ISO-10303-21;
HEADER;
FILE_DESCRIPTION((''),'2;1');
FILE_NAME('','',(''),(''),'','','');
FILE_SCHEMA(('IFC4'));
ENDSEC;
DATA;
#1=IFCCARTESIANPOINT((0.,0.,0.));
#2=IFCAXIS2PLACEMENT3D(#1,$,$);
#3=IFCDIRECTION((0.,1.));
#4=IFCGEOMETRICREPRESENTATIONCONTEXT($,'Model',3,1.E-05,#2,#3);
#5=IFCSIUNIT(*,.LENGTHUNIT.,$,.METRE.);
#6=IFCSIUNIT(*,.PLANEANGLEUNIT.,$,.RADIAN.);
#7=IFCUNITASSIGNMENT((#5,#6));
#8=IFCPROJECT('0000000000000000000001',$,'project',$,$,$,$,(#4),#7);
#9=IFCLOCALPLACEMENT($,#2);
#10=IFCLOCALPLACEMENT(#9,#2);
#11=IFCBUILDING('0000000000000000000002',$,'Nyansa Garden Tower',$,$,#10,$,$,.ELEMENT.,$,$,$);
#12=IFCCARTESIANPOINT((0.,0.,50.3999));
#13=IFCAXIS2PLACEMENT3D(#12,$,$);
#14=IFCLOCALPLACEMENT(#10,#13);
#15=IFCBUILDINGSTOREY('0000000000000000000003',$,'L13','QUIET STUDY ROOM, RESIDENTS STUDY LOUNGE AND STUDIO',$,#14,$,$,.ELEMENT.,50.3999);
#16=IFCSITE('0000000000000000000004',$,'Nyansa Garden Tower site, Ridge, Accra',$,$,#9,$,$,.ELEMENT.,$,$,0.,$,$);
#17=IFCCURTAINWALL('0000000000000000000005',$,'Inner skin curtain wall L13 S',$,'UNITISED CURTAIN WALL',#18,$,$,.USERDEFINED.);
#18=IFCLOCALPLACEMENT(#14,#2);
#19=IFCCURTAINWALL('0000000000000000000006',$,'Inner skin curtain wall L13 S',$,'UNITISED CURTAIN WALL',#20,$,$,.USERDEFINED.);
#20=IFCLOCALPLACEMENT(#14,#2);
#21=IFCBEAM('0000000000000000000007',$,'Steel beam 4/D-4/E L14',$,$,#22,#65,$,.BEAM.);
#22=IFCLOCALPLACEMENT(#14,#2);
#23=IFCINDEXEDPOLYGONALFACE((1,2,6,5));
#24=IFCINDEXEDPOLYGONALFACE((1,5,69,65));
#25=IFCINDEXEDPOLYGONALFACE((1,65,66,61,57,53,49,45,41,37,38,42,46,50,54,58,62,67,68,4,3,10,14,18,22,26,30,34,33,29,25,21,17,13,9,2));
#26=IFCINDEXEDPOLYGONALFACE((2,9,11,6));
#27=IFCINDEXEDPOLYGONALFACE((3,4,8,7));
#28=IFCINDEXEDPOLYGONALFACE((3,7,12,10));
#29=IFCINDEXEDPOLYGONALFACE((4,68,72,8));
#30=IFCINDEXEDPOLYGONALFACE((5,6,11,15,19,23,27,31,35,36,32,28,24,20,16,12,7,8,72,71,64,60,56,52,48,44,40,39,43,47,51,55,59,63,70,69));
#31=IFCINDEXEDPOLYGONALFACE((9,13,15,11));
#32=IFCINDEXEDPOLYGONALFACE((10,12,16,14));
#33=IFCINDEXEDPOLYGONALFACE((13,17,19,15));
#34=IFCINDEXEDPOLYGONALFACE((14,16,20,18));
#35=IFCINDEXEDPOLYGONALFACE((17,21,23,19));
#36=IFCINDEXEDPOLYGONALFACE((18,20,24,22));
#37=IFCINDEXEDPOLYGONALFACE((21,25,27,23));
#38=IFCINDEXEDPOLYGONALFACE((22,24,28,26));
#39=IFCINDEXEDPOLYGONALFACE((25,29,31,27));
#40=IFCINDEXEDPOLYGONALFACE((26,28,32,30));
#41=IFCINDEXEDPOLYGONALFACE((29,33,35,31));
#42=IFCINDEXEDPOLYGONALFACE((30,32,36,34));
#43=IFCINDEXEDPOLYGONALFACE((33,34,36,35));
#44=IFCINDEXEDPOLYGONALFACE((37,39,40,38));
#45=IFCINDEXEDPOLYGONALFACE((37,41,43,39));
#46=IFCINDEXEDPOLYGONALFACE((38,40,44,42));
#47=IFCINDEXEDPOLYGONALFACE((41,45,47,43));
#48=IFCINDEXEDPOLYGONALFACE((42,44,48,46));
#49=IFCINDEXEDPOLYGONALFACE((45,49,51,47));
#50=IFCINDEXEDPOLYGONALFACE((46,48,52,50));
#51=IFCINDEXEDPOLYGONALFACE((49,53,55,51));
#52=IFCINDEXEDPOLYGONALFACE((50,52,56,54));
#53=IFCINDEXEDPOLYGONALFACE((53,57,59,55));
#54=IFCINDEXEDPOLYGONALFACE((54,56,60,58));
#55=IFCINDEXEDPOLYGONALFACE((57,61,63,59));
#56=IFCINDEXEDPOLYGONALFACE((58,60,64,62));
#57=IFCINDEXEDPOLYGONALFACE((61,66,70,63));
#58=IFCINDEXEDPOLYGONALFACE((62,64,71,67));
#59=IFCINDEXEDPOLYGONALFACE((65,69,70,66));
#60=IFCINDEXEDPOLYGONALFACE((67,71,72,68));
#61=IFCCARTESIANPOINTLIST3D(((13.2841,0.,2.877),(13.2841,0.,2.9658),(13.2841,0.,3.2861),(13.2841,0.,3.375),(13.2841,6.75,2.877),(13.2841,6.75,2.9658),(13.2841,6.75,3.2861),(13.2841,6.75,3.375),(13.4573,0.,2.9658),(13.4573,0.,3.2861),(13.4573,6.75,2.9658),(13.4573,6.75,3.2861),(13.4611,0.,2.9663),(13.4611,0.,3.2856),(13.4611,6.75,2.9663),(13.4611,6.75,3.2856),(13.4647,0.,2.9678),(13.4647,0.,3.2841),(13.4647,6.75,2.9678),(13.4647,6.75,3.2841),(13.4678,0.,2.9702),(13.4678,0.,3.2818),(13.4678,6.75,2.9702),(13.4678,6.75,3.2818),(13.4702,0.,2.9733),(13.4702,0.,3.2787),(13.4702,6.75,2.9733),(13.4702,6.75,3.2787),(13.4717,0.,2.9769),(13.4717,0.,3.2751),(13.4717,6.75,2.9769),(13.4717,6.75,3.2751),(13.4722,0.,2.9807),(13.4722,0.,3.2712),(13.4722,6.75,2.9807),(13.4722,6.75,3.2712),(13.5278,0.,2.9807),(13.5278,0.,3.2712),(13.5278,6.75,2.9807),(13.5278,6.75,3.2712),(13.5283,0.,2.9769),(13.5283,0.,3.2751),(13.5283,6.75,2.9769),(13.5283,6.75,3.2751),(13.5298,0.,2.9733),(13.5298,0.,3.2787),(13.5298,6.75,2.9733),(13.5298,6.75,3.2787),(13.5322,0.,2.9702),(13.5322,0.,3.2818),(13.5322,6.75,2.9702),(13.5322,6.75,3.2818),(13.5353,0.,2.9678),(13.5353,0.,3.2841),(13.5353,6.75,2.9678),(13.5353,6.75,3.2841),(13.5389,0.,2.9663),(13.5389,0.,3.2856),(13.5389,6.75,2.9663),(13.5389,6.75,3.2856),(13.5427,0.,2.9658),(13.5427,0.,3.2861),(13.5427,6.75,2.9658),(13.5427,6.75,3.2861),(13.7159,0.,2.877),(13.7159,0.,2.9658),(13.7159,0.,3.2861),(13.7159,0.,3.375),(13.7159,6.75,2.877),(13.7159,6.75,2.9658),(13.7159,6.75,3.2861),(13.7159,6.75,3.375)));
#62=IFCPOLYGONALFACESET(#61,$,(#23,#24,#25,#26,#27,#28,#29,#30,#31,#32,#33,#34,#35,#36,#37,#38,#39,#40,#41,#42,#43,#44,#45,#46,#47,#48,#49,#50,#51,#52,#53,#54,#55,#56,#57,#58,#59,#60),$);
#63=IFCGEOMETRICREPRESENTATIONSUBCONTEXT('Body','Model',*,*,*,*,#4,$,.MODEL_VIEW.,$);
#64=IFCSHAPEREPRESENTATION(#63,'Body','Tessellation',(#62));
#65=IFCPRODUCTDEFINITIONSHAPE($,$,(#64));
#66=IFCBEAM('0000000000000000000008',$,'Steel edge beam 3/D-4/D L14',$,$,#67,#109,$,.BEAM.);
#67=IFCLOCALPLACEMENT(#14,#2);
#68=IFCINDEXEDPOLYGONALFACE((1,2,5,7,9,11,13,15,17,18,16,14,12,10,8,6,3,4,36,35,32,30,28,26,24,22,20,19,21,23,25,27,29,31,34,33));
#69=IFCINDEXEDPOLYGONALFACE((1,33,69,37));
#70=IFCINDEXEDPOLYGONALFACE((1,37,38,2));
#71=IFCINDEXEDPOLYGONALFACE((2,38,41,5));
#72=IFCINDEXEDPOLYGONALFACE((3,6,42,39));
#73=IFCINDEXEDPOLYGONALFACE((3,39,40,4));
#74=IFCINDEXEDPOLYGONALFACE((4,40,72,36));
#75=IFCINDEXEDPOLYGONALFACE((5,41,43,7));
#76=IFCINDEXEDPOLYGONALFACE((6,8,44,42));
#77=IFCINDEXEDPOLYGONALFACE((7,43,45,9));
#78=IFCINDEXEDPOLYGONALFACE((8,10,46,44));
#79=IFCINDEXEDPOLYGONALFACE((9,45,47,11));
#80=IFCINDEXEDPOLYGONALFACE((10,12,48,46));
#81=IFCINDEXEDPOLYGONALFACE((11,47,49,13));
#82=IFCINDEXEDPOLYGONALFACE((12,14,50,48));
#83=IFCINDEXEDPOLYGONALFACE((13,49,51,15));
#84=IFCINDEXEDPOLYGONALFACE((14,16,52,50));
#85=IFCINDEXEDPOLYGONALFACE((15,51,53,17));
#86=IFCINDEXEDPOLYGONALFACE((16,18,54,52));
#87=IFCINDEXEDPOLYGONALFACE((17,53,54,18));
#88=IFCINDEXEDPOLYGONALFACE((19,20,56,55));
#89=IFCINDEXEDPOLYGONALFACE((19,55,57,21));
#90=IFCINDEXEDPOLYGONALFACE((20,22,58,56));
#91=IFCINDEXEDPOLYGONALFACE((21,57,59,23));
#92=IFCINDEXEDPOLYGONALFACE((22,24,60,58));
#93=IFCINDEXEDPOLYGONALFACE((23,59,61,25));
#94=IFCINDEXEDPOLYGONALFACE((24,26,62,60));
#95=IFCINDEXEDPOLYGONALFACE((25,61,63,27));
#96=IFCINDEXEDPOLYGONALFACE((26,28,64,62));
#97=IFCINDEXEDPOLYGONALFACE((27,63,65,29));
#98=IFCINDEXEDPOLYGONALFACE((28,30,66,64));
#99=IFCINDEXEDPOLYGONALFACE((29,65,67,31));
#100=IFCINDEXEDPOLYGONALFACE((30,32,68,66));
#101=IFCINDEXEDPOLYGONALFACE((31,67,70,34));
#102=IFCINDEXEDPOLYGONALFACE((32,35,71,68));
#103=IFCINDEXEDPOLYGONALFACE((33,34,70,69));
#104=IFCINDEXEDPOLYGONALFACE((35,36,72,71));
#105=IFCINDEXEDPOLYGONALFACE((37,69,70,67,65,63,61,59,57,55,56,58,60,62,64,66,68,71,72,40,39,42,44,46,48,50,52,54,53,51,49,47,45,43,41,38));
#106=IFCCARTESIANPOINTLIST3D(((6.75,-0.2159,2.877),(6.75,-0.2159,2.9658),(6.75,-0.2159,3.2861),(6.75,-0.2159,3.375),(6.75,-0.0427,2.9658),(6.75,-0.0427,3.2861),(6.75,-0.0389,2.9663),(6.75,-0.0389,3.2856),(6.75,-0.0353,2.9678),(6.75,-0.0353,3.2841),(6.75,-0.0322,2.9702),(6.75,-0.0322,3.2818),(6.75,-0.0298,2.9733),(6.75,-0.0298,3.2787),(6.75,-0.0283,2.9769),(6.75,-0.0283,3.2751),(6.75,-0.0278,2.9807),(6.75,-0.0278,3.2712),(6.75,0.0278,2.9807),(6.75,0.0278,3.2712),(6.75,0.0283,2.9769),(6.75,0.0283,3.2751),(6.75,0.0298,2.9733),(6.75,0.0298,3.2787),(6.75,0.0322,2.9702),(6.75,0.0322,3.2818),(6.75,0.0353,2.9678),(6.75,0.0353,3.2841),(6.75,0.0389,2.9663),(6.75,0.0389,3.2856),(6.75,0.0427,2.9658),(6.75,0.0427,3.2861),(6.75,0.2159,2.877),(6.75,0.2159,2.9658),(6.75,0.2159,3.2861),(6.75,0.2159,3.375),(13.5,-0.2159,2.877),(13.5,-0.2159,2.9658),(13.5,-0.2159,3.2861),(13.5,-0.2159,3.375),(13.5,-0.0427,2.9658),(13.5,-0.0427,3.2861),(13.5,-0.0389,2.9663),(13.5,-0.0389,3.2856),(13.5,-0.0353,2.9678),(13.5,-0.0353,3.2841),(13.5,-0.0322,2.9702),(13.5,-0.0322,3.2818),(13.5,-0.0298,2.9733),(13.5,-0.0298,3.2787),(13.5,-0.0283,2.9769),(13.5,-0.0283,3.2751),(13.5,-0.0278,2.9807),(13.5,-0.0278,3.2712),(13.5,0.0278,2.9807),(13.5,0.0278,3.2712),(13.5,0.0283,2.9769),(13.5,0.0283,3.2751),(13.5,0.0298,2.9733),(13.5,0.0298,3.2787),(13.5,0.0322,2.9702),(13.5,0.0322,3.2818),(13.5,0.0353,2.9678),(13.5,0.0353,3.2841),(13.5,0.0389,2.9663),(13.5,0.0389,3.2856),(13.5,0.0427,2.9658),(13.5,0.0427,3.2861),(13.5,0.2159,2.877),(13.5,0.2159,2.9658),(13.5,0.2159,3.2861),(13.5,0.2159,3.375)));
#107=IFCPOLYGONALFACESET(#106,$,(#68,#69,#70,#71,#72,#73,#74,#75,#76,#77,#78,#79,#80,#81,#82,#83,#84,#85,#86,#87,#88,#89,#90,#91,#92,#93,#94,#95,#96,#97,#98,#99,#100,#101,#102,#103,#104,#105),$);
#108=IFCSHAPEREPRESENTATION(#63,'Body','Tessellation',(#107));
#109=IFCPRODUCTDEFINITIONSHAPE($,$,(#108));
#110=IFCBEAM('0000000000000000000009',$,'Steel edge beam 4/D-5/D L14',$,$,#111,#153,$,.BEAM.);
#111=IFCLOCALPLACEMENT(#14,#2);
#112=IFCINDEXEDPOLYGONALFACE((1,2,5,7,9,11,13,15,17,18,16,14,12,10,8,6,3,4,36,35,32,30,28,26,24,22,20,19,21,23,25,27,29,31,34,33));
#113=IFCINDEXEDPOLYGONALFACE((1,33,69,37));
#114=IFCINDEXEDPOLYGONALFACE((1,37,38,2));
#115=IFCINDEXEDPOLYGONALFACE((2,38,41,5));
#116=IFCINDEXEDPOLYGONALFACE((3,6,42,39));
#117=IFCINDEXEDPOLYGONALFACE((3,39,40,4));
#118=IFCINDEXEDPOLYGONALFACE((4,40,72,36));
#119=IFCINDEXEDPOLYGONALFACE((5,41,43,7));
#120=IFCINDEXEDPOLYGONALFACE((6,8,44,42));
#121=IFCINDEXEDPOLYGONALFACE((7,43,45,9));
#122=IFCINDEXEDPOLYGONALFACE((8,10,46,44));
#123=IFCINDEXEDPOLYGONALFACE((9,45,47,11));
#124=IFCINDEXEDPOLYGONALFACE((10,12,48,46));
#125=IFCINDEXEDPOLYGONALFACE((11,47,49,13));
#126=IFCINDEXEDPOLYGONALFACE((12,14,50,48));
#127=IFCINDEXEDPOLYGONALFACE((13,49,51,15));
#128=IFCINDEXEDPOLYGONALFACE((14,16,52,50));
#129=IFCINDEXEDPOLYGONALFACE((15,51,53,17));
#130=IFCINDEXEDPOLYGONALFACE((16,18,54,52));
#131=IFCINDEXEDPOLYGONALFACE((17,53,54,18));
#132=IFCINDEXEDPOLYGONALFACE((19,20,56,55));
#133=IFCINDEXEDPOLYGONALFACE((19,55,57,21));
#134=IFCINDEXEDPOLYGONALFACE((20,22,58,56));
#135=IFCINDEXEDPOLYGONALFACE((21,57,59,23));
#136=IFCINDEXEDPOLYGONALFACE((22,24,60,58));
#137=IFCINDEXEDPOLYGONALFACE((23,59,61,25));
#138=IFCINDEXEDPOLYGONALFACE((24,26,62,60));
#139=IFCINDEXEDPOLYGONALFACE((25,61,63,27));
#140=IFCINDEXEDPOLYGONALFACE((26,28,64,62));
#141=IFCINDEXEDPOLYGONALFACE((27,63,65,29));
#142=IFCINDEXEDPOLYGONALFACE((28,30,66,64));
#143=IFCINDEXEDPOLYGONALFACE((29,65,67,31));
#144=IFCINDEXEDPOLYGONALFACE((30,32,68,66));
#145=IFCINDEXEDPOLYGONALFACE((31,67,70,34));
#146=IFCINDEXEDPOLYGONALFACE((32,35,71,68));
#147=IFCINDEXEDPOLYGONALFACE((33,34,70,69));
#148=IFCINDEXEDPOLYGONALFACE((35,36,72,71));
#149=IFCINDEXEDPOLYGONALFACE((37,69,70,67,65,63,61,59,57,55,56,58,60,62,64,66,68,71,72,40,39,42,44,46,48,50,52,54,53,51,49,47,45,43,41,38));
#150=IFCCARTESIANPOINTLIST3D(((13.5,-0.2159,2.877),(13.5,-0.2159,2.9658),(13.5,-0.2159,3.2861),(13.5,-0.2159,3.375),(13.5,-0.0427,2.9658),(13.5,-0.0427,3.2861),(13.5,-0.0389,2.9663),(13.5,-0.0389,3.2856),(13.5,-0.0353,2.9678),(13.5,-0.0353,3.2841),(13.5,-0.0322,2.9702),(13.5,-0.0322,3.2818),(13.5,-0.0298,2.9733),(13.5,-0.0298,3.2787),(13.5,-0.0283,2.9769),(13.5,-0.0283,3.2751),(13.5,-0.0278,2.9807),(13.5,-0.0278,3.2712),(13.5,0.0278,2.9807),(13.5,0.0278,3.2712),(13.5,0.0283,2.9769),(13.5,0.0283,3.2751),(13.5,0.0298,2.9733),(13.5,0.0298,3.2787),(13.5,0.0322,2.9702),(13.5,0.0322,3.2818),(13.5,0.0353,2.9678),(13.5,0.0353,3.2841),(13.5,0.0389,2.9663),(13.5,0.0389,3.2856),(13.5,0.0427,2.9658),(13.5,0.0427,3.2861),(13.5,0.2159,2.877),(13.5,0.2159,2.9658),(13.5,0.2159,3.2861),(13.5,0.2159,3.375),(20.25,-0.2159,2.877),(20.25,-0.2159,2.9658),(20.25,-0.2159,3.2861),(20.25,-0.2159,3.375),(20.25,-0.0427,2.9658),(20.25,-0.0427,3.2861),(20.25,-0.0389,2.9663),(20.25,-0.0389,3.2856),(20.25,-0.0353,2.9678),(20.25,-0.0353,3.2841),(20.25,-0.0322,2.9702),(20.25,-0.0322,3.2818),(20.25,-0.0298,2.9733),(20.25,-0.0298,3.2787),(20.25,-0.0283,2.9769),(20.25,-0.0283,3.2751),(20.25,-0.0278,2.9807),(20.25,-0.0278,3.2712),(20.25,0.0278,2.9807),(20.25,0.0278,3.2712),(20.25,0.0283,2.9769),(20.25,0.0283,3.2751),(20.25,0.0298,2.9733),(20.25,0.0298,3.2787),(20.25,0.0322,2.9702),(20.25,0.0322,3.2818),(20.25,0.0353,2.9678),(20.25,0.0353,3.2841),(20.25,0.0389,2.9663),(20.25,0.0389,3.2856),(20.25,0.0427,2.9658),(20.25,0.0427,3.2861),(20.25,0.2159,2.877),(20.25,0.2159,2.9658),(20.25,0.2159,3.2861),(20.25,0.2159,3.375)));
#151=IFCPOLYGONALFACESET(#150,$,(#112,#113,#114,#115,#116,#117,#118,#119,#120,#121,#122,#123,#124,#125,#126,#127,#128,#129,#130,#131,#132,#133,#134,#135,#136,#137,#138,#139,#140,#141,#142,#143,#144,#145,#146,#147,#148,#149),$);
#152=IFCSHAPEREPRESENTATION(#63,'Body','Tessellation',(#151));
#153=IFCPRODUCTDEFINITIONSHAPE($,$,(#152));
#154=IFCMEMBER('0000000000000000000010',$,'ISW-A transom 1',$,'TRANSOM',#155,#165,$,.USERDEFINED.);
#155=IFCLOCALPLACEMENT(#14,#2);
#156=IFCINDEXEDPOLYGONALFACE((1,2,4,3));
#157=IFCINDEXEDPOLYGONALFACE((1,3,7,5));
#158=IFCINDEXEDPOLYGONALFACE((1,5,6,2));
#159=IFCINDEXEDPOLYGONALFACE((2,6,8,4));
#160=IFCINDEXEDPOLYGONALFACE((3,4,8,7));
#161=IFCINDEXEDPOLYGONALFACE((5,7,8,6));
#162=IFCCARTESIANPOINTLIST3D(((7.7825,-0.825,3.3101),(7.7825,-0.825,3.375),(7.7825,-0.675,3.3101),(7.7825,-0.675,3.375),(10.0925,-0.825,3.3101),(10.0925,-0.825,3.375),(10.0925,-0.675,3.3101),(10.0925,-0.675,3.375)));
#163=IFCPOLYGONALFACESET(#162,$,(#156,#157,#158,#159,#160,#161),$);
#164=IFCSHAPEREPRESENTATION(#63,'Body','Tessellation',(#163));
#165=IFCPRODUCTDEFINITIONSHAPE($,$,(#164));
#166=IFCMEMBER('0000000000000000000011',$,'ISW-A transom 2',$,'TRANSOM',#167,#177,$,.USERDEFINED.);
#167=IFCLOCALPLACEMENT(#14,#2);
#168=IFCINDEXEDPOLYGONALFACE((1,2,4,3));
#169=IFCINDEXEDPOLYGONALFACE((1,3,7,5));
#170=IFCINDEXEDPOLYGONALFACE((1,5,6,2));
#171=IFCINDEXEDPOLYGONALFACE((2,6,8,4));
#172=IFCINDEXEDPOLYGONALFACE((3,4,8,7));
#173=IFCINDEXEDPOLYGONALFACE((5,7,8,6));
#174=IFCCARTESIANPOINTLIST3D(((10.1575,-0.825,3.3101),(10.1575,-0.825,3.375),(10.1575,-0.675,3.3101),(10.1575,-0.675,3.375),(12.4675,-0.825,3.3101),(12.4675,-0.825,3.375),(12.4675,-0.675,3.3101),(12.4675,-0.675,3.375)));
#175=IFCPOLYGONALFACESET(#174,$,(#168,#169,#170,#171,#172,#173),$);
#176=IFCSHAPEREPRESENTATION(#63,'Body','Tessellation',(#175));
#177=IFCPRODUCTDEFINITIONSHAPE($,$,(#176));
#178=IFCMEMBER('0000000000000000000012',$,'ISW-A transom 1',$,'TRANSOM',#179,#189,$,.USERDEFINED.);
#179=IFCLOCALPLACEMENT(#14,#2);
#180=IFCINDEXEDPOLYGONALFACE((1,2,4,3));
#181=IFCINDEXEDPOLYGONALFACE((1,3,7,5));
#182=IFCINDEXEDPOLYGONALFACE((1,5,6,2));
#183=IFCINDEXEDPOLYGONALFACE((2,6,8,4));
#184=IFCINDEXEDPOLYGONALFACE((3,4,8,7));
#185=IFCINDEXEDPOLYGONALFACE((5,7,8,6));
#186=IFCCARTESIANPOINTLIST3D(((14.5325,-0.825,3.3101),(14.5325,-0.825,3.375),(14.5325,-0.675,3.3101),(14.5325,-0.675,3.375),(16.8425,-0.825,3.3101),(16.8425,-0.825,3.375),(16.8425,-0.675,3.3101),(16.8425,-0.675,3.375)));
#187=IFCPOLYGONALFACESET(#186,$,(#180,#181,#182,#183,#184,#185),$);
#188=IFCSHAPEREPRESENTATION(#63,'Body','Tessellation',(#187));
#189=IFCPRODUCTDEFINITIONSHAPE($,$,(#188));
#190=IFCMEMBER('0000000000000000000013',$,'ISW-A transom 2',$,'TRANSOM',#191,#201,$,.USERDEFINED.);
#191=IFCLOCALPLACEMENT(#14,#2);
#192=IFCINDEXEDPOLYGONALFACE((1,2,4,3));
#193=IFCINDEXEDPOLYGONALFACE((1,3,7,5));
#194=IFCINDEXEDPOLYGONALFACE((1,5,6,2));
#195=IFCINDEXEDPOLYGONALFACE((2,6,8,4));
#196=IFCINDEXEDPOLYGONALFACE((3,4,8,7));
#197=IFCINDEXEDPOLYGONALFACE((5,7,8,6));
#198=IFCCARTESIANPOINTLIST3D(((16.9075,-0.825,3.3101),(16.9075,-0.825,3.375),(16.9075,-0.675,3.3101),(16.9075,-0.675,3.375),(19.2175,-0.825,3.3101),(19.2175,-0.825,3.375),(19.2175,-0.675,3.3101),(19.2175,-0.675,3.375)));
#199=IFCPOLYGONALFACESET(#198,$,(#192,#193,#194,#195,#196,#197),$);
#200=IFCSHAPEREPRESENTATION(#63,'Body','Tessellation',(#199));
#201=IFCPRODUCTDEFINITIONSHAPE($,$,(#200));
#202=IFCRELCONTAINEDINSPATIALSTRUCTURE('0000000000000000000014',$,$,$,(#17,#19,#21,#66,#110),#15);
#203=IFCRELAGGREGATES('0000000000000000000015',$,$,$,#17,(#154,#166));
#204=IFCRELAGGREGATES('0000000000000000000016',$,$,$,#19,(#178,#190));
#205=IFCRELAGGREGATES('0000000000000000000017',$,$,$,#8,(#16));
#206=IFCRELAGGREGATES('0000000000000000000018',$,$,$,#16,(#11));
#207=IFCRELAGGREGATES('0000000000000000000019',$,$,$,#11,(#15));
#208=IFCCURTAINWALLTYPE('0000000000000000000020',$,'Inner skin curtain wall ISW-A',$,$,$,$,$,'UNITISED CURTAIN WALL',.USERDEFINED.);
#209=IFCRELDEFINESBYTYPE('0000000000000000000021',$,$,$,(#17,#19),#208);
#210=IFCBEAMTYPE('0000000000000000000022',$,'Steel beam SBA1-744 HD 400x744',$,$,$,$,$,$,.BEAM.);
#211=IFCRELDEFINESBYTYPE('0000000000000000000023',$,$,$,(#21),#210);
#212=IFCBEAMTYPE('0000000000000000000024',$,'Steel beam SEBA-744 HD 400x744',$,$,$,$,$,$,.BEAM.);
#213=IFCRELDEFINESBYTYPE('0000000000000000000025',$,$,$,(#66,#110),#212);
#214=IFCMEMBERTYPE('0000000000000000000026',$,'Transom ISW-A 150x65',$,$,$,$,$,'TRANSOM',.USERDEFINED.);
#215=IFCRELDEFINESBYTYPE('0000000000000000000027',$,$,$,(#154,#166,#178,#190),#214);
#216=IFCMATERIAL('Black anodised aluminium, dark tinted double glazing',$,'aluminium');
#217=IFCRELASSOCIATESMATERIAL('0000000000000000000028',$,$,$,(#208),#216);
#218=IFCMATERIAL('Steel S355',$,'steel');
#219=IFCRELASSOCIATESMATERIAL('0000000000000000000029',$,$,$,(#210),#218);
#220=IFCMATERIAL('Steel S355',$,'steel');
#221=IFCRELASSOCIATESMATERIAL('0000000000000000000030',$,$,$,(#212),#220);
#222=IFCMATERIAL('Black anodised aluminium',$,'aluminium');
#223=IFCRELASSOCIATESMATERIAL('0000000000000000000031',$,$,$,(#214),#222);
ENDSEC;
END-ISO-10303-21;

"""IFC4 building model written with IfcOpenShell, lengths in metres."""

from ifc_helpers import new_model, si_unit, direction, frame, origin, origin_2d, place, context, subcontext, project, spatial, rectangle, i_section, extrude, material, material_profile, profile_set, type_object, element, aggregate, save


model = new_model("IFC4")

# Units and contexts
model_context = context("Model", 3, precision=1e-05, world=origin(), true_north=direction((0.0, 1.0)))
body_context = subcontext(model_context, "Body", "Model", "MODEL_VIEW")
ifc_project = project(units=[si_unit("LENGTHUNIT", "METRE"), si_unit("PLANEANGLEUNIT", "RADIAN")], contexts=[model_context])

# Site, building, storey
site_placement = place(None, origin())
site = spatial("IfcSite", under=ifc_project, at=site_placement, Name="Nyansa Garden Tower site, Ridge, Accra", CompositionType="ELEMENT", RefElevation=0.0)
building_placement = place(site_placement, origin())
building = spatial("IfcBuilding", under=site, at=building_placement, Name="Nyansa Garden Tower", CompositionType="ELEMENT")
storey_placement = place(building_placement, frame((0.0, 0.0, 50.3999)))
storey = spatial("IfcBuildingStorey", under=building, at=storey_placement, Name="L13", Description="QUIET STUDY ROOM, RESIDENTS STUDY LOUNGE AND STUDIO", CompositionType="ELEMENT", Elevation=50.3999)

# Curtain walls
ifc_material_1 = material(Name="Black anodised aluminium, dark tinted double glazing", Category="aluminium")
curtain_wall_type = type_object("IfcCurtainWallType", Name="Inner skin curtain wall ISW-A", ElementType="UNITISED CURTAIN WALL", PredefinedType="USERDEFINED", material=ifc_material_1)
curtain_wall_1_placement = place(storey_placement, origin())
curtain_wall_1 = element("IfcCurtainWall", 1, at=curtain_wall_1_placement, inside=storey, type_object=curtain_wall_type, Name="Inner skin curtain wall L13 S", ObjectType="UNITISED CURTAIN WALL", PredefinedType="USERDEFINED")
curtain_wall_2_placement = place(storey_placement, origin())
curtain_wall_2 = element("IfcCurtainWall", 2, at=curtain_wall_2_placement, inside=storey, type_object=curtain_wall_type, Name="Inner skin curtain wall L13 S", ObjectType="UNITISED CURTAIN WALL", PredefinedType="USERDEFINED")

# Beams
ifc_material_2 = material(Name="Steel S355", Category="steel")
ifc_material_profile_1 = material_profile(ifc_material_2, i_section(OverallWidth=0.4319, OverallDepth=0.498, WebThickness=0.0557, FlangeThickness=0.0889, FilletRadius=0.0149, at=origin_2d()), Name="HD 400x744")
ifc_profile_set_1 = profile_set([ifc_material_profile_1], Name="Steel S355")
beam_type_1 = type_object("IfcBeamType", Name="Steel beam SBA1-744 HD 400x744", PredefinedType="BEAM", material=ifc_profile_set_1)
beam_1_placement = place(storey_placement, frame((13.5, 0.0, 3.126), z_axis=(0.0, 1.0, 0.0), x_axis=(-1.0, 0.0, 0.0)))
element("IfcBeam", 3, at=beam_1_placement, inside=storey, type_object=beam_type_1, Name="Steel beam 4/D-4/E L14", PredefinedType="BEAM", context=body_context, shape_type="SweptSolid", body=[
    extrude(i_section(OverallWidth=0.4319, OverallDepth=0.498, WebThickness=0.0557, FlangeThickness=0.0889, FilletRadius=0.0149, at=origin_2d()), origin(), (0.0, 0.0, 1.0), 6.75),
])
ifc_material_3 = material(Name="Steel S355", Category="steel")
ifc_material_profile_2 = material_profile(ifc_material_3, i_section(OverallWidth=0.4319, OverallDepth=0.498, WebThickness=0.0557, FlangeThickness=0.0889, FilletRadius=0.0149, at=origin_2d()), Name="HD 400x744")
ifc_profile_set_2 = profile_set([ifc_material_profile_2], Name="Steel S355")
beam_type_2 = type_object("IfcBeamType", Name="Steel beam SEBA-744 HD 400x744", PredefinedType="BEAM", material=ifc_profile_set_2)
for number, where, z_axis, x_axis, name in (
    (4, (6.75, 0.0, 3.126), (1.0, 0.0, 0.0), (0.0, 1.0, 0.0), "Steel edge beam 3/D-4/D L14"),
    (5, (13.5, 0.0, 3.126), (1.0, 0.0, 0.0), (0.0, 1.0, 0.0), "Steel edge beam 4/D-5/D L14"),
):
    element("IfcBeam", number, at=place(storey_placement, frame(where, z_axis=z_axis, x_axis=x_axis)), inside=storey, type_object=beam_type_2, Name=name, PredefinedType="BEAM", context=body_context, shape_type="SweptSolid", body=[
        extrude(i_section(OverallWidth=0.4319, OverallDepth=0.498, WebThickness=0.0557, FlangeThickness=0.0889, FilletRadius=0.0149, at=origin_2d()), origin(), (0.0, 0.0, 1.0), 6.75),
    ])

# Members
ifc_material_4 = material(Name="Black anodised aluminium", Category="aluminium")
ifc_material_profile_3 = material_profile(ifc_material_4, rectangle(XDim=0.1499, YDim=0.0649, at=origin_2d()), Name="Transom 150x65")
ifc_profile_set_3 = profile_set([ifc_material_profile_3], Name="Black anodised aluminium")
member_type_1 = type_object("IfcMemberType", Name="Transom ISW-A 150x65", ElementType="TRANSOM", PredefinedType="USERDEFINED", material=ifc_profile_set_3)
member_1_placement = place(storey_placement, frame((7.7825, -0.75, 3.3425), z_axis=(1.0, 0.0, 0.0), x_axis=(0.0, 1.0, 0.0)))
member_1 = element("IfcMember", 6, at=member_1_placement, type_object=member_type_1, Name="ISW-A transom 1", ObjectType="TRANSOM", PredefinedType="USERDEFINED", context=body_context, shape_type="SweptSolid", body=[
    extrude(rectangle(XDim=0.1499, YDim=0.0649, at=origin_2d()), origin(), (0.0, 0.0, 1.0), 2.3101),
])
member_2_placement = place(storey_placement, frame((10.1575, -0.75, 3.3425), z_axis=(1.0, 0.0, 0.0), x_axis=(0.0, 1.0, 0.0)))
member_2 = element("IfcMember", 7, at=member_2_placement, type_object=member_type_1, Name="ISW-A transom 2", ObjectType="TRANSOM", PredefinedType="USERDEFINED", context=body_context, shape_type="SweptSolid", body=[
    extrude(rectangle(XDim=0.1499, YDim=0.0649, at=origin_2d()), origin(), (0.0, 0.0, 1.0), 2.3101),
])
member_3_placement = place(storey_placement, frame((14.5325, -0.75, 3.3425), z_axis=(1.0, 0.0, 0.0), x_axis=(0.0, 1.0, 0.0)))
member_3 = element("IfcMember", 8, at=member_3_placement, type_object=member_type_1, Name="ISW-A transom 1", ObjectType="TRANSOM", PredefinedType="USERDEFINED", context=body_context, shape_type="SweptSolid", body=[
    extrude(rectangle(XDim=0.1499, YDim=0.0649, at=origin_2d()), origin(), (0.0, 0.0, 1.0), 2.3101),
])
member_4_placement = place(storey_placement, frame((16.9075, -0.75, 3.3425), z_axis=(1.0, 0.0, 0.0), x_axis=(0.0, 1.0, 0.0)))
member_4 = element("IfcMember", 9, at=member_4_placement, type_object=member_type_1, Name="ISW-A transom 2", ObjectType="TRANSOM", PredefinedType="USERDEFINED", context=body_context, shape_type="SweptSolid", body=[
    extrude(rectangle(XDim=0.1499, YDim=0.0649, at=origin_2d()), origin(), (0.0, 0.0, 1.0), 2.3101),
])

aggregate(curtain_wall_1, [member_1, member_2])
aggregate(curtain_wall_2, [member_3, member_4])

save(model, "model.ifc")
